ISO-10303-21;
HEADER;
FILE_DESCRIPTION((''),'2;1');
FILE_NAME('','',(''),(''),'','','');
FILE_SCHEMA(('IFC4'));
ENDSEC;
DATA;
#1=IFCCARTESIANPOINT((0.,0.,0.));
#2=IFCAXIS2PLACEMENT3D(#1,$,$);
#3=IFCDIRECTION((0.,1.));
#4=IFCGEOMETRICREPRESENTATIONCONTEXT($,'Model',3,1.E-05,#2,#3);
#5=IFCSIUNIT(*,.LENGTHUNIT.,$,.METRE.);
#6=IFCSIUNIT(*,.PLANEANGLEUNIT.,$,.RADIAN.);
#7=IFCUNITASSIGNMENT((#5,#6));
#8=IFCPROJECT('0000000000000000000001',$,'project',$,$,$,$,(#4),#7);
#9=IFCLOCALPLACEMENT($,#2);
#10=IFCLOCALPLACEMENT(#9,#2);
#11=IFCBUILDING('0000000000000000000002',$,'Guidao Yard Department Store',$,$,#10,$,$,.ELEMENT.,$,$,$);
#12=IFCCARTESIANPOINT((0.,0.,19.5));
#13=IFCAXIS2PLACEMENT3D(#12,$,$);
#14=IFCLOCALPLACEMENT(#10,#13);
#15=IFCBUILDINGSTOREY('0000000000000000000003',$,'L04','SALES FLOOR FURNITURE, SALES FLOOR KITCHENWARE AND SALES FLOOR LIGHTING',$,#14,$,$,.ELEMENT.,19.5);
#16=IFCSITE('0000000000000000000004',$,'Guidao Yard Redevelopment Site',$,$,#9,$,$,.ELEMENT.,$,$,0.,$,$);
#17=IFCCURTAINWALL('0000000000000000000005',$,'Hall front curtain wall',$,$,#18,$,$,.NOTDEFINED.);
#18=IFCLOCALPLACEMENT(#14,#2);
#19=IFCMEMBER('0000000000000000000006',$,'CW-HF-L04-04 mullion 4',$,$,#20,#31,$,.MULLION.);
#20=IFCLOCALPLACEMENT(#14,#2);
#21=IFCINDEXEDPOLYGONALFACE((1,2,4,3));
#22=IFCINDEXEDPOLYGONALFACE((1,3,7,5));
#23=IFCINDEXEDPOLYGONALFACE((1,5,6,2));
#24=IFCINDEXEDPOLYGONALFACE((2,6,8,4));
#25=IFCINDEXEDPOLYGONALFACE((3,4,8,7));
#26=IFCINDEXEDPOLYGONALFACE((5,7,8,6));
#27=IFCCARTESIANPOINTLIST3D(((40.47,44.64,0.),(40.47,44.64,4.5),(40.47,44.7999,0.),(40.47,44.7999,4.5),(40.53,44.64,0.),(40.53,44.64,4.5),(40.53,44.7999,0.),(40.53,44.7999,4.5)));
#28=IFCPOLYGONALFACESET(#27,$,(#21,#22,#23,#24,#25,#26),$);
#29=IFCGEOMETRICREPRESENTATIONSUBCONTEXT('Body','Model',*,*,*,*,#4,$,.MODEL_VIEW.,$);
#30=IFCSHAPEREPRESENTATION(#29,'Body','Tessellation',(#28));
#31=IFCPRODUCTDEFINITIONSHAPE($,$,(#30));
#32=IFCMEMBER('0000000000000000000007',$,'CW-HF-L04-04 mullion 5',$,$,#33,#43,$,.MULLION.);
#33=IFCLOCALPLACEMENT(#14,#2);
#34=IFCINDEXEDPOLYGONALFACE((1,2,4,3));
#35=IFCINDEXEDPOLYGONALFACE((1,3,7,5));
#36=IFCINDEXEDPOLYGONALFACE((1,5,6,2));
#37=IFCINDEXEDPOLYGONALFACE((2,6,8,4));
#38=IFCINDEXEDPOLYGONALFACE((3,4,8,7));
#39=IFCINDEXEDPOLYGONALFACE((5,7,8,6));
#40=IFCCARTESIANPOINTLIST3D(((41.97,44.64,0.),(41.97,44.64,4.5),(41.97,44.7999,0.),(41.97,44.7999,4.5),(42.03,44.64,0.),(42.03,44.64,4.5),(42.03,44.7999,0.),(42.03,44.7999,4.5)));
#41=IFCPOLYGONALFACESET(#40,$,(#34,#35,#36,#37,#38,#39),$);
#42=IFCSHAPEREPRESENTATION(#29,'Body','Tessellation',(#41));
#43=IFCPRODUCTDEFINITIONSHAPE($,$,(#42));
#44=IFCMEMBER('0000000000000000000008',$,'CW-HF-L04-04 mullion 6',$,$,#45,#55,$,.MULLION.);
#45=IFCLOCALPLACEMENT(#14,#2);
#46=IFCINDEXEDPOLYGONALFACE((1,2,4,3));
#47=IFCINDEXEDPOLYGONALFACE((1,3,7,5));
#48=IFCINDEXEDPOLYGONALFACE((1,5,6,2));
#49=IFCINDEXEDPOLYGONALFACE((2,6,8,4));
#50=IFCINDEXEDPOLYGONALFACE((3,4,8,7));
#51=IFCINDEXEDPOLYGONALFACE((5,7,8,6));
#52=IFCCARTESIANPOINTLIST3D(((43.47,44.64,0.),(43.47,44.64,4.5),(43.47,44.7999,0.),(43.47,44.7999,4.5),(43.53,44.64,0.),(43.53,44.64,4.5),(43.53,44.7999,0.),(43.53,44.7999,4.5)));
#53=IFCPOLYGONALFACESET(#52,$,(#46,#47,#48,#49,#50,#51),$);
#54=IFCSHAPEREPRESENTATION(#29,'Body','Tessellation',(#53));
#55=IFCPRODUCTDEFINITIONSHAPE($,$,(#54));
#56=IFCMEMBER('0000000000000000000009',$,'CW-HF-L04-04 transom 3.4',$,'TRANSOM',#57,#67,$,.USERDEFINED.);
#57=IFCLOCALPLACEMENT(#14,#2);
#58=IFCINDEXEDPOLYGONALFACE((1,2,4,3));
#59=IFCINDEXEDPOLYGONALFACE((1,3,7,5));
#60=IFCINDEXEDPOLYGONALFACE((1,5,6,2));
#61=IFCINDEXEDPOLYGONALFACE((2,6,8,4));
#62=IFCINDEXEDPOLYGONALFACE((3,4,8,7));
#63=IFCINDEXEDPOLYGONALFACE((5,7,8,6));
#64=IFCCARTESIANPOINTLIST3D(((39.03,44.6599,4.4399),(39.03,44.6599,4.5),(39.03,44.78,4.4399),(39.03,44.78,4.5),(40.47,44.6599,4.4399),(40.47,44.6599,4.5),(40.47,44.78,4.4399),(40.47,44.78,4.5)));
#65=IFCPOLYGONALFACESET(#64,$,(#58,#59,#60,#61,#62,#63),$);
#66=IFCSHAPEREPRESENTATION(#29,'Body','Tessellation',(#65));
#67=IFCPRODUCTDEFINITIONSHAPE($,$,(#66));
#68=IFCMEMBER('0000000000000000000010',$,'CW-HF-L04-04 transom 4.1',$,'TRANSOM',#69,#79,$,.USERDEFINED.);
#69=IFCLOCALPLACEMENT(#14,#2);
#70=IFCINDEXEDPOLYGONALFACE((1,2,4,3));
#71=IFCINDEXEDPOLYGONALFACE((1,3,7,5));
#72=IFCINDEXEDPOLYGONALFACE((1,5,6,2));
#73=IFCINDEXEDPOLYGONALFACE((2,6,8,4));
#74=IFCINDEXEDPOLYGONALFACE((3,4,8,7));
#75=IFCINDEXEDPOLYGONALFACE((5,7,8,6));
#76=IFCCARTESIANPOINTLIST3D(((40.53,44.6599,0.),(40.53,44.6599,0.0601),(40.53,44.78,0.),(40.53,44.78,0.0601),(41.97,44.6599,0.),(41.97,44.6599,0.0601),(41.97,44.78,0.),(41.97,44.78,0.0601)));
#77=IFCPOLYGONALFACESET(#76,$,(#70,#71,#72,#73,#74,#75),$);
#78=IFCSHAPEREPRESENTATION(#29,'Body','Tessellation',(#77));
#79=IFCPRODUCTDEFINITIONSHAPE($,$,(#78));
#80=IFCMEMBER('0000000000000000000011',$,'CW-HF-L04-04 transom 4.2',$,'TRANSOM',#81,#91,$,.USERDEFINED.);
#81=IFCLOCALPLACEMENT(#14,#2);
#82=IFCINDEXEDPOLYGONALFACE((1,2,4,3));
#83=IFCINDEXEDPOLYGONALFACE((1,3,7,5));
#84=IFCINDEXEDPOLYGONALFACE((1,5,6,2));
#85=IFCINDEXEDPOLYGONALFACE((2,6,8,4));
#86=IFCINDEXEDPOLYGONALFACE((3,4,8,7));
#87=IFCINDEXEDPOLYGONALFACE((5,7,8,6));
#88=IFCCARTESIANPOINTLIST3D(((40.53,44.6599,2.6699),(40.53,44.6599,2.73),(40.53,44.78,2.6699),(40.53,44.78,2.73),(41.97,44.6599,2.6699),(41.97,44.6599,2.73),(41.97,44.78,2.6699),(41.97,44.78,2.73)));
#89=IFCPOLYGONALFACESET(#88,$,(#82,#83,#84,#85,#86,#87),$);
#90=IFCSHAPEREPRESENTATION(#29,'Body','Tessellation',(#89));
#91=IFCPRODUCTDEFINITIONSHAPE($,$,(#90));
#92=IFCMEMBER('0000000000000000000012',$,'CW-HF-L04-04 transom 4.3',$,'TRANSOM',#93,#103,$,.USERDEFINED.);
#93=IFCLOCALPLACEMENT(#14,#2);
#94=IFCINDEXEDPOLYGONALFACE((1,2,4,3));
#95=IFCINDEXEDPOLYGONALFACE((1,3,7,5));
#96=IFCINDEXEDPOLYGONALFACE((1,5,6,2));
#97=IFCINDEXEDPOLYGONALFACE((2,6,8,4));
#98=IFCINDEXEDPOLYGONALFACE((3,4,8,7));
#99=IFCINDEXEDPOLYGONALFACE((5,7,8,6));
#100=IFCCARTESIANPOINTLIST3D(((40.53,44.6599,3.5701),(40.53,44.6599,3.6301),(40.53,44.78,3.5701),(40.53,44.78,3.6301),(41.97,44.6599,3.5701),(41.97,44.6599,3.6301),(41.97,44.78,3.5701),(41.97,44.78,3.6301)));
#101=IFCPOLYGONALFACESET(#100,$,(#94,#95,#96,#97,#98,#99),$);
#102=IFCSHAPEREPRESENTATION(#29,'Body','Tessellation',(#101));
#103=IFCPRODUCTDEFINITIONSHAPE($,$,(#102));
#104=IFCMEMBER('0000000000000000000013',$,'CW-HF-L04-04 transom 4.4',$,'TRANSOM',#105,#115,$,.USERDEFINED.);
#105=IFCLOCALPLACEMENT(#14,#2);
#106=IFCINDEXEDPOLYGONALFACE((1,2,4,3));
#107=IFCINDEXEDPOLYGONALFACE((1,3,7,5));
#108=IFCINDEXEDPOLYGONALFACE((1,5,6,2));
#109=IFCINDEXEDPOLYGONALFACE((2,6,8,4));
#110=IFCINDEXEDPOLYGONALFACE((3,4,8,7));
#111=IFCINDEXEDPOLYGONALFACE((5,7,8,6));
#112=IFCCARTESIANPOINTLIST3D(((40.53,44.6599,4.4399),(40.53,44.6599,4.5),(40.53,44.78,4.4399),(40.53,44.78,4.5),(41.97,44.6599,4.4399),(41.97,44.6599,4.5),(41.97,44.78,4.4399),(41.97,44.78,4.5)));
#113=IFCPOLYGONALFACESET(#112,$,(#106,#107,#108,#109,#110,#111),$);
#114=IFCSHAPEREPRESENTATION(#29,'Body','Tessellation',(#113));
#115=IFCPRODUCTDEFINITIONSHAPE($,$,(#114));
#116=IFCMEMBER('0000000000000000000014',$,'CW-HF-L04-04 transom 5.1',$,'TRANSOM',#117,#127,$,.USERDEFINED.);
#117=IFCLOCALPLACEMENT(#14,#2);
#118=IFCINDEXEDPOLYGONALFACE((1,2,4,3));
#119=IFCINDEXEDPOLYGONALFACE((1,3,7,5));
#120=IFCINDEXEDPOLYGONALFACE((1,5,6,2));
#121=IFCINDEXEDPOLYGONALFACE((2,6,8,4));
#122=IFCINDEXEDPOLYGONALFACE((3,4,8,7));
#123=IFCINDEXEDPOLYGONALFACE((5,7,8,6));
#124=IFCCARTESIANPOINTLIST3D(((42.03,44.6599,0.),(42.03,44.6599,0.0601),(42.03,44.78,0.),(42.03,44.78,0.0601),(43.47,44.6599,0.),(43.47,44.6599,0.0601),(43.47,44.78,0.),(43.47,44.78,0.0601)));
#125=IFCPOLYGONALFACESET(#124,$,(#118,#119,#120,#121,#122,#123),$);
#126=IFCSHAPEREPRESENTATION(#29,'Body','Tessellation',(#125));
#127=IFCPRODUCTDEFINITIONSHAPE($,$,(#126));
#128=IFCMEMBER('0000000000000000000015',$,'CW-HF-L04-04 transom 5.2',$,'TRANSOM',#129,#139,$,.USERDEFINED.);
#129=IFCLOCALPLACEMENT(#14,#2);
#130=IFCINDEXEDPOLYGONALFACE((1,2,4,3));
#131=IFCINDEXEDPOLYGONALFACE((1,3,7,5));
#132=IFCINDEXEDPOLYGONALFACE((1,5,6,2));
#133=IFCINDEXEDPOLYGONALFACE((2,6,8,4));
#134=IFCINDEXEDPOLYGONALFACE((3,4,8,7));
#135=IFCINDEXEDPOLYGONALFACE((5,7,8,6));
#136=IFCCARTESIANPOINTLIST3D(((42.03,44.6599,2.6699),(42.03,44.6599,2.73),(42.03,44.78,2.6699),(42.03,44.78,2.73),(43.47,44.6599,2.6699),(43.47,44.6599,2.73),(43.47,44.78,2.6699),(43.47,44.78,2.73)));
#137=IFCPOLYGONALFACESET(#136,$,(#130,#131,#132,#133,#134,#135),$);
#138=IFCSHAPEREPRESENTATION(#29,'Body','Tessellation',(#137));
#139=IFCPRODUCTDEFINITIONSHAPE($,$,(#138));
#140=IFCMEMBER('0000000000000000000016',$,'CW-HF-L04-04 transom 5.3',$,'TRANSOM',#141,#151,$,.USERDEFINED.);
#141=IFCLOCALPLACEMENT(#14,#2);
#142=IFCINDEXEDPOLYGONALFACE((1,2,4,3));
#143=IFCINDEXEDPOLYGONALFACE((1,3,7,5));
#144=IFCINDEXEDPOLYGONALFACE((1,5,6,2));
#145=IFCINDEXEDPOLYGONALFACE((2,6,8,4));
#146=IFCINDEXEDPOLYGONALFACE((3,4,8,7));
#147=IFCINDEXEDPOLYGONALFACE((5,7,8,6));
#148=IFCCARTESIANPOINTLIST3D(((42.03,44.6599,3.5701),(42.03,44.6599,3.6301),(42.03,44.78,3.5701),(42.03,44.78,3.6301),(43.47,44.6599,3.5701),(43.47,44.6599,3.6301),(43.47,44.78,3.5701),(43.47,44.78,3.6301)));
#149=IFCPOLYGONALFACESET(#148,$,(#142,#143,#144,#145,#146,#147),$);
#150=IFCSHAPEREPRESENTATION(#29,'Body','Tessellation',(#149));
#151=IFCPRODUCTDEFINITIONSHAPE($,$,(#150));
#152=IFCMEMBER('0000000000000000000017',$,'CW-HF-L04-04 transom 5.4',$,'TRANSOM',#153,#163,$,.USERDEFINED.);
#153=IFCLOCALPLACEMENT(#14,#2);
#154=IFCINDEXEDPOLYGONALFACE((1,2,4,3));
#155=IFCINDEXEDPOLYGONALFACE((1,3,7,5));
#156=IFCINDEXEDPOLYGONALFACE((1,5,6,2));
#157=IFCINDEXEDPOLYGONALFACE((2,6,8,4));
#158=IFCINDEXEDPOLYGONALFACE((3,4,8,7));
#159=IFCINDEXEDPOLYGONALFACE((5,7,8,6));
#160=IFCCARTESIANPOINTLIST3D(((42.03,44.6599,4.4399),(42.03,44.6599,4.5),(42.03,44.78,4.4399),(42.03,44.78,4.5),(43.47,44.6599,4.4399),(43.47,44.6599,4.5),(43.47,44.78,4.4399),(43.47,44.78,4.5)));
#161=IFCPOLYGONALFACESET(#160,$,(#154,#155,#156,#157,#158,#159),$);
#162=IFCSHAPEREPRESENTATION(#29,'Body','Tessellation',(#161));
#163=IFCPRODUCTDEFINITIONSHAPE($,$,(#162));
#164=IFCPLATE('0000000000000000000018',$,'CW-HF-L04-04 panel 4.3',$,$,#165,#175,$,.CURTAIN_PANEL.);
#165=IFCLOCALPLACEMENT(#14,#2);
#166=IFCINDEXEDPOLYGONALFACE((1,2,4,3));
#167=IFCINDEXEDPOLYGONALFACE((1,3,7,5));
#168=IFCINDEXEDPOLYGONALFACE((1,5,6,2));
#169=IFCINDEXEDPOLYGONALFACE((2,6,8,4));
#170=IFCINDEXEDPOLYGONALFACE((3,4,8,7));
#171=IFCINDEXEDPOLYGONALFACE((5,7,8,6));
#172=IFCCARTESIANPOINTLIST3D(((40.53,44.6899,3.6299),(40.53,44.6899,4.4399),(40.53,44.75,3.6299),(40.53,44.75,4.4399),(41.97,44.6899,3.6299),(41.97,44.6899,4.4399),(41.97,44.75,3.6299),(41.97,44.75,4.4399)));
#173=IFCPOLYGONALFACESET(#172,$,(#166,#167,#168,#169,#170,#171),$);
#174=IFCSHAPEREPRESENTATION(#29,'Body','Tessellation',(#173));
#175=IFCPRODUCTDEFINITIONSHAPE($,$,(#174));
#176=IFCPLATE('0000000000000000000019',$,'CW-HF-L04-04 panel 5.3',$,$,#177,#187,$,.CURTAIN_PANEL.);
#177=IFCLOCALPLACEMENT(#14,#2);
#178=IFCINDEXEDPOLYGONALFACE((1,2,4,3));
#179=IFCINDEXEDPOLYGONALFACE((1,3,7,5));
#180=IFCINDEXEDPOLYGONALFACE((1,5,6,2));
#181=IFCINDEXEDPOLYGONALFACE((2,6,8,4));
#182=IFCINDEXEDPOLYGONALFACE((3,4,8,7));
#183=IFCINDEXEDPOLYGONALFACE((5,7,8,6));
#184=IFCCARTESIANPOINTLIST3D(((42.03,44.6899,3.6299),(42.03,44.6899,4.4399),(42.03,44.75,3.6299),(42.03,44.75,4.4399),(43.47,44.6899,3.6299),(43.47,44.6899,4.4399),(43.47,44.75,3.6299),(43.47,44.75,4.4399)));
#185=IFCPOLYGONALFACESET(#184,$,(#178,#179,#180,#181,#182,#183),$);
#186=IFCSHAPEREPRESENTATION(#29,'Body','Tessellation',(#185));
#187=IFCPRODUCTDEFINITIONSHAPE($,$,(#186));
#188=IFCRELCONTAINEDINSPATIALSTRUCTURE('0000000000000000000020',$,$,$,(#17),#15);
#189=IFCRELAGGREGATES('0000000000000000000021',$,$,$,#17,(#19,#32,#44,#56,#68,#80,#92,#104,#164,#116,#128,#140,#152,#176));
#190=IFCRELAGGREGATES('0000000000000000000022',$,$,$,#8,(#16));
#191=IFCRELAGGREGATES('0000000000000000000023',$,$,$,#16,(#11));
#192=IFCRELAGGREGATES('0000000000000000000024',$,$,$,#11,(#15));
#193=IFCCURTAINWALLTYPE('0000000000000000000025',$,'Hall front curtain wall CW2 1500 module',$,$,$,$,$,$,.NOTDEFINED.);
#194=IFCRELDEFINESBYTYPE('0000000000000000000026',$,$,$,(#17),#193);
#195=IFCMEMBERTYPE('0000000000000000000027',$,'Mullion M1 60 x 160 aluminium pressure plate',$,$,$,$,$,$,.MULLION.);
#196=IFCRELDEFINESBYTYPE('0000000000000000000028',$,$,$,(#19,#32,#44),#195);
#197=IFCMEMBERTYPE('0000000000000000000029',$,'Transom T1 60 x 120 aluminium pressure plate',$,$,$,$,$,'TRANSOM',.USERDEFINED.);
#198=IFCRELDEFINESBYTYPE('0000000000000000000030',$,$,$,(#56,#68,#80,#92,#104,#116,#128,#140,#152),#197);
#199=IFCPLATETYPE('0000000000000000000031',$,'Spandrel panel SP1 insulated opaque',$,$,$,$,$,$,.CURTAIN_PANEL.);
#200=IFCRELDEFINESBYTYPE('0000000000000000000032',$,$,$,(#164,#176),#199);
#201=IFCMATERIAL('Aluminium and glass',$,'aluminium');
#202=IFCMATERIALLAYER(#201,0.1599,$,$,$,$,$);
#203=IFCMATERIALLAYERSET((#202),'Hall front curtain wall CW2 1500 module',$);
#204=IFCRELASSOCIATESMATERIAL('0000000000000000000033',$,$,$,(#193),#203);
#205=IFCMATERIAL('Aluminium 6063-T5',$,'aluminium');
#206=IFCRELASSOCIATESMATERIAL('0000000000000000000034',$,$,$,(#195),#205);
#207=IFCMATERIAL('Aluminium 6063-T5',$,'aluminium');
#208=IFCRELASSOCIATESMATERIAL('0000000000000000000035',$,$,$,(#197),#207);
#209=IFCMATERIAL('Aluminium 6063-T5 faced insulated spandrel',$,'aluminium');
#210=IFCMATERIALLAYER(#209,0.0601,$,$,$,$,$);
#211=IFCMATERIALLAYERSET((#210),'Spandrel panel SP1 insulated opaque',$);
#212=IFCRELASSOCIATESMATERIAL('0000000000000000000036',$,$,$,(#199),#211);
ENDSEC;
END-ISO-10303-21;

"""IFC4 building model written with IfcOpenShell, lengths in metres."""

from ifc_helpers import new_model, si_unit, direction, frame, origin, origin_2d, place, context, subcontext, project, spatial, rectangle, extrude, material, layer, layer_set, material_profile, profile_set, type_object, element, aggregate, save


model = new_model("IFC4")

# Units and contexts
model_context = context("Model", 3, precision=1e-05, world=origin(), true_north=direction((0.0, 1.0)))
body_context = subcontext(model_context, "Body", "Model", "MODEL_VIEW")
ifc_project = project(units=[si_unit("LENGTHUNIT", "METRE"), si_unit("PLANEANGLEUNIT", "RADIAN")], contexts=[model_context])

# Site, building, storey
site_placement = place(None, origin())
site = spatial("IfcSite", under=ifc_project, at=site_placement, Name="Guidao Yard Redevelopment Site", CompositionType="ELEMENT", RefElevation=0.0)
building_placement = place(site_placement, origin())
building = spatial("IfcBuilding", under=site, at=building_placement, Name="Guidao Yard Department Store", CompositionType="ELEMENT")
storey_placement = place(building_placement, frame((0.0, 0.0, 19.5)))
storey = spatial("IfcBuildingStorey", under=building, at=storey_placement, Name="L04", Description="SALES FLOOR FURNITURE, SALES FLOOR KITCHENWARE AND SALES FLOOR LIGHTING", CompositionType="ELEMENT", Elevation=19.5)

# Curtain wall, members, plates
ifc_material_1 = material(Name="Aluminium and glass", Category="aluminium")
ifc_layer_1 = layer(ifc_material_1, 0.1599)
ifc_layer_set_1 = layer_set([ifc_layer_1], Name="Hall front curtain wall CW2 1500 module")
curtain_wall_type = type_object("IfcCurtainWallType", Name="Hall front curtain wall CW2 1500 module", PredefinedType="NOTDEFINED", material=ifc_layer_set_1)
curtain_wall_placement = place(storey_placement, origin())
curtain_wall = element("IfcCurtainWall", 1, at=curtain_wall_placement, inside=storey, type_object=curtain_wall_type, Name="Hall front curtain wall", PredefinedType="NOTDEFINED")
ifc_material_2 = material(Name="Aluminium 6063-T5", Category="aluminium")
ifc_material_profile_1 = material_profile(ifc_material_2, rectangle(XDim=0.0601, YDim=0.1599, at=origin_2d()), Name="Mullion M1 60 x 160 aluminium pressure plate")
ifc_profile_set_1 = profile_set([ifc_material_profile_1], Name="Aluminium 6063-T5")
member_type_1 = type_object("IfcMemberType", Name="Mullion M1 60 x 160 aluminium pressure plate", PredefinedType="MULLION", material=ifc_profile_set_1)
member_1_placement = place(storey_placement, frame((40.5, 44.72, 0.0), z_axis=(0.0, 0.0, 1.0), x_axis=(-1.0, 0.0, 0.0)))
member_1 = element("IfcMember", 2, at=member_1_placement, type_object=member_type_1, Name="CW-HF-L04-04 mullion 4", PredefinedType="MULLION", context=body_context, shape_type="SweptSolid", body=[
    extrude(rectangle(XDim=0.0601, YDim=0.1599, at=origin_2d()), origin(), (0.0, 0.0, 1.0), 4.5),
])
member_2_placement = place(storey_placement, frame((42.0, 44.72, 0.0), z_axis=(0.0, 0.0, 1.0), x_axis=(-1.0, 0.0, 0.0)))
member_2 = element("IfcMember", 3, at=member_2_placement, type_object=member_type_1, Name="CW-HF-L04-04 mullion 5", PredefinedType="MULLION", context=body_context, shape_type="SweptSolid", body=[
    extrude(rectangle(XDim=0.0601, YDim=0.1599, at=origin_2d()), origin(), (0.0, 0.0, 1.0), 4.5),
])
member_3_placement = place(storey_placement, frame((43.5, 44.72, 0.0), z_axis=(0.0, 0.0, 1.0), x_axis=(-1.0, 0.0, 0.0)))
member_3 = element("IfcMember", 4, at=member_3_placement, type_object=member_type_1, Name="CW-HF-L04-04 mullion 6", PredefinedType="MULLION", context=body_context, shape_type="SweptSolid", body=[
    extrude(rectangle(XDim=0.0601, YDim=0.1599, at=origin_2d()), origin(), (0.0, 0.0, 1.0), 4.5),
])
ifc_material_3 = material(Name="Aluminium 6063-T5", Category="aluminium")
ifc_material_profile_2 = material_profile(ifc_material_3, rectangle(XDim=0.1201, YDim=0.0601, at=origin_2d()), Name="Transom T1 60 x 120 aluminium pressure plate")
ifc_profile_set_2 = profile_set([ifc_material_profile_2], Name="Aluminium 6063-T5")
member_type_2 = type_object("IfcMemberType", Name="Transom T1 60 x 120 aluminium pressure plate", ElementType="TRANSOM", PredefinedType="USERDEFINED", material=ifc_profile_set_2)
member_4_placement = place(storey_placement, frame((40.47, 44.72, 4.47), z_axis=(-1.0, 0.0, 0.0), x_axis=(0.0, -1.0, 0.0)))
member_4 = element("IfcMember", 5, at=member_4_placement, type_object=member_type_2, Name="CW-HF-L04-04 transom 3.4", ObjectType="TRANSOM", PredefinedType="USERDEFINED", context=body_context, shape_type="SweptSolid", body=[
    extrude(rectangle(XDim=0.1201, YDim=0.0601, at=origin_2d()), origin(), (0.0, 0.0, 1.0), 1.4399),
])
member_5_placement = place(storey_placement, frame((41.97, 44.72, 0.03), z_axis=(-1.0, 0.0, 0.0), x_axis=(0.0, -1.0, 0.0)))
member_5 = element("IfcMember", 6, at=member_5_placement, type_object=member_type_2, Name="CW-HF-L04-04 transom 4.1", ObjectType="TRANSOM", PredefinedType="USERDEFINED", context=body_context, shape_type="SweptSolid", body=[
    extrude(rectangle(XDim=0.1201, YDim=0.0601, at=origin_2d()), origin(), (0.0, 0.0, 1.0), 1.4399),
])
member_6_placement = place(storey_placement, frame((41.97, 44.72, 2.7), z_axis=(-1.0, 0.0, 0.0), x_axis=(0.0, -1.0, 0.0)))
member_6 = element("IfcMember", 7, at=member_6_placement, type_object=member_type_2, Name="CW-HF-L04-04 transom 4.2", ObjectType="TRANSOM", PredefinedType="USERDEFINED", context=body_context, shape_type="SweptSolid", body=[
    extrude(rectangle(XDim=0.1201, YDim=0.0601, at=origin_2d()), origin(), (0.0, 0.0, 1.0), 1.4399),
])
member_7_placement = place(storey_placement, frame((41.97, 44.72, 3.6001), z_axis=(-1.0, 0.0, 0.0), x_axis=(0.0, -1.0, 0.0)))
member_7 = element("IfcMember", 8, at=member_7_placement, type_object=member_type_2, Name="CW-HF-L04-04 transom 4.3", ObjectType="TRANSOM", PredefinedType="USERDEFINED", context=body_context, shape_type="SweptSolid", body=[
    extrude(rectangle(XDim=0.1201, YDim=0.0601, at=origin_2d()), origin(), (0.0, 0.0, 1.0), 1.4399),
])
member_8_placement = place(storey_placement, frame((41.97, 44.72, 4.47), z_axis=(-1.0, 0.0, 0.0), x_axis=(0.0, -1.0, 0.0)))
member_8 = element("IfcMember", 9, at=member_8_placement, type_object=member_type_2, Name="CW-HF-L04-04 transom 4.4", ObjectType="TRANSOM", PredefinedType="USERDEFINED", context=body_context, shape_type="SweptSolid", body=[
    extrude(rectangle(XDim=0.1201, YDim=0.0601, at=origin_2d()), origin(), (0.0, 0.0, 1.0), 1.4399),
])
member_9_placement = place(storey_placement, frame((43.47, 44.72, 0.03), z_axis=(-1.0, 0.0, 0.0), x_axis=(0.0, -1.0, 0.0)))
member_9 = element("IfcMember", 10, at=member_9_placement, type_object=member_type_2, Name="CW-HF-L04-04 transom 5.1", ObjectType="TRANSOM", PredefinedType="USERDEFINED", context=body_context, shape_type="SweptSolid", body=[
    extrude(rectangle(XDim=0.1201, YDim=0.0601, at=origin_2d()), origin(), (0.0, 0.0, 1.0), 1.4399),
])
member_10_placement = place(storey_placement, frame((43.47, 44.72, 2.7), z_axis=(-1.0, 0.0, 0.0), x_axis=(0.0, -1.0, 0.0)))
member_10 = element("IfcMember", 11, at=member_10_placement, type_object=member_type_2, Name="CW-HF-L04-04 transom 5.2", ObjectType="TRANSOM", PredefinedType="USERDEFINED", context=body_context, shape_type="SweptSolid", body=[
    extrude(rectangle(XDim=0.1201, YDim=0.0601, at=origin_2d()), origin(), (0.0, 0.0, 1.0), 1.4399),
])
member_11_placement = place(storey_placement, frame((43.47, 44.72, 3.6001), z_axis=(-1.0, 0.0, 0.0), x_axis=(0.0, -1.0, 0.0)))
member_11 = element("IfcMember", 12, at=member_11_placement, type_object=member_type_2, Name="CW-HF-L04-04 transom 5.3", ObjectType="TRANSOM", PredefinedType="USERDEFINED", context=body_context, shape_type="SweptSolid", body=[
    extrude(rectangle(XDim=0.1201, YDim=0.0601, at=origin_2d()), origin(), (0.0, 0.0, 1.0), 1.4399),
])
member_12_placement = place(storey_placement, frame((43.47, 44.72, 4.47), z_axis=(-1.0, 0.0, 0.0), x_axis=(0.0, -1.0, 0.0)))
member_12 = element("IfcMember", 13, at=member_12_placement, type_object=member_type_2, Name="CW-HF-L04-04 transom 5.4", ObjectType="TRANSOM", PredefinedType="USERDEFINED", context=body_context, shape_type="SweptSolid", body=[
    extrude(rectangle(XDim=0.1201, YDim=0.0601, at=origin_2d()), origin(), (0.0, 0.0, 1.0), 1.4399),
])
ifc_material_4 = material(Name="Aluminium 6063-T5 faced insulated spandrel", Category="aluminium")
ifc_layer_2 = layer(ifc_material_4, 0.0601)
ifc_layer_set_2 = layer_set([ifc_layer_2], Name="Spandrel panel SP1 insulated opaque")
plate_type_1 = type_object("IfcPlateType", Name="Spandrel panel SP1 insulated opaque", PredefinedType="CURTAIN_PANEL", material=ifc_layer_set_2)
plate_1_placement = place(storey_placement, frame((41.25, 44.72, 3.6299), z_axis=(0.0, 0.0, 1.0), x_axis=(-1.0, 0.0, 0.0)))
plate_1 = element("IfcPlate", 14, at=plate_1_placement, type_object=plate_type_1, Name="CW-HF-L04-04 panel 4.3", PredefinedType="CURTAIN_PANEL", context=body_context, shape_type="SweptSolid", body=[
    extrude(rectangle(XDim=1.4399, YDim=0.0601, at=origin_2d()), origin(), (0.0, 0.0, 1.0), 0.8101),
])
plate_2_placement = place(storey_placement, frame((42.75, 44.72, 3.6299), z_axis=(0.0, 0.0, 1.0), x_axis=(-1.0, 0.0, 0.0)))
plate_2 = element("IfcPlate", 15, at=plate_2_placement, type_object=plate_type_1, Name="CW-HF-L04-04 panel 5.3", PredefinedType="CURTAIN_PANEL", context=body_context, shape_type="SweptSolid", body=[
    extrude(rectangle(XDim=1.4399, YDim=0.0601, at=origin_2d()), origin(), (0.0, 0.0, 1.0), 0.8101),
])
aggregate(curtain_wall, [member_1, member_2, member_3, member_4, member_5, member_6, member_7, member_8, plate_1, member_9, member_10, member_11, member_12, plate_2])

save(model, "model.ifc")
